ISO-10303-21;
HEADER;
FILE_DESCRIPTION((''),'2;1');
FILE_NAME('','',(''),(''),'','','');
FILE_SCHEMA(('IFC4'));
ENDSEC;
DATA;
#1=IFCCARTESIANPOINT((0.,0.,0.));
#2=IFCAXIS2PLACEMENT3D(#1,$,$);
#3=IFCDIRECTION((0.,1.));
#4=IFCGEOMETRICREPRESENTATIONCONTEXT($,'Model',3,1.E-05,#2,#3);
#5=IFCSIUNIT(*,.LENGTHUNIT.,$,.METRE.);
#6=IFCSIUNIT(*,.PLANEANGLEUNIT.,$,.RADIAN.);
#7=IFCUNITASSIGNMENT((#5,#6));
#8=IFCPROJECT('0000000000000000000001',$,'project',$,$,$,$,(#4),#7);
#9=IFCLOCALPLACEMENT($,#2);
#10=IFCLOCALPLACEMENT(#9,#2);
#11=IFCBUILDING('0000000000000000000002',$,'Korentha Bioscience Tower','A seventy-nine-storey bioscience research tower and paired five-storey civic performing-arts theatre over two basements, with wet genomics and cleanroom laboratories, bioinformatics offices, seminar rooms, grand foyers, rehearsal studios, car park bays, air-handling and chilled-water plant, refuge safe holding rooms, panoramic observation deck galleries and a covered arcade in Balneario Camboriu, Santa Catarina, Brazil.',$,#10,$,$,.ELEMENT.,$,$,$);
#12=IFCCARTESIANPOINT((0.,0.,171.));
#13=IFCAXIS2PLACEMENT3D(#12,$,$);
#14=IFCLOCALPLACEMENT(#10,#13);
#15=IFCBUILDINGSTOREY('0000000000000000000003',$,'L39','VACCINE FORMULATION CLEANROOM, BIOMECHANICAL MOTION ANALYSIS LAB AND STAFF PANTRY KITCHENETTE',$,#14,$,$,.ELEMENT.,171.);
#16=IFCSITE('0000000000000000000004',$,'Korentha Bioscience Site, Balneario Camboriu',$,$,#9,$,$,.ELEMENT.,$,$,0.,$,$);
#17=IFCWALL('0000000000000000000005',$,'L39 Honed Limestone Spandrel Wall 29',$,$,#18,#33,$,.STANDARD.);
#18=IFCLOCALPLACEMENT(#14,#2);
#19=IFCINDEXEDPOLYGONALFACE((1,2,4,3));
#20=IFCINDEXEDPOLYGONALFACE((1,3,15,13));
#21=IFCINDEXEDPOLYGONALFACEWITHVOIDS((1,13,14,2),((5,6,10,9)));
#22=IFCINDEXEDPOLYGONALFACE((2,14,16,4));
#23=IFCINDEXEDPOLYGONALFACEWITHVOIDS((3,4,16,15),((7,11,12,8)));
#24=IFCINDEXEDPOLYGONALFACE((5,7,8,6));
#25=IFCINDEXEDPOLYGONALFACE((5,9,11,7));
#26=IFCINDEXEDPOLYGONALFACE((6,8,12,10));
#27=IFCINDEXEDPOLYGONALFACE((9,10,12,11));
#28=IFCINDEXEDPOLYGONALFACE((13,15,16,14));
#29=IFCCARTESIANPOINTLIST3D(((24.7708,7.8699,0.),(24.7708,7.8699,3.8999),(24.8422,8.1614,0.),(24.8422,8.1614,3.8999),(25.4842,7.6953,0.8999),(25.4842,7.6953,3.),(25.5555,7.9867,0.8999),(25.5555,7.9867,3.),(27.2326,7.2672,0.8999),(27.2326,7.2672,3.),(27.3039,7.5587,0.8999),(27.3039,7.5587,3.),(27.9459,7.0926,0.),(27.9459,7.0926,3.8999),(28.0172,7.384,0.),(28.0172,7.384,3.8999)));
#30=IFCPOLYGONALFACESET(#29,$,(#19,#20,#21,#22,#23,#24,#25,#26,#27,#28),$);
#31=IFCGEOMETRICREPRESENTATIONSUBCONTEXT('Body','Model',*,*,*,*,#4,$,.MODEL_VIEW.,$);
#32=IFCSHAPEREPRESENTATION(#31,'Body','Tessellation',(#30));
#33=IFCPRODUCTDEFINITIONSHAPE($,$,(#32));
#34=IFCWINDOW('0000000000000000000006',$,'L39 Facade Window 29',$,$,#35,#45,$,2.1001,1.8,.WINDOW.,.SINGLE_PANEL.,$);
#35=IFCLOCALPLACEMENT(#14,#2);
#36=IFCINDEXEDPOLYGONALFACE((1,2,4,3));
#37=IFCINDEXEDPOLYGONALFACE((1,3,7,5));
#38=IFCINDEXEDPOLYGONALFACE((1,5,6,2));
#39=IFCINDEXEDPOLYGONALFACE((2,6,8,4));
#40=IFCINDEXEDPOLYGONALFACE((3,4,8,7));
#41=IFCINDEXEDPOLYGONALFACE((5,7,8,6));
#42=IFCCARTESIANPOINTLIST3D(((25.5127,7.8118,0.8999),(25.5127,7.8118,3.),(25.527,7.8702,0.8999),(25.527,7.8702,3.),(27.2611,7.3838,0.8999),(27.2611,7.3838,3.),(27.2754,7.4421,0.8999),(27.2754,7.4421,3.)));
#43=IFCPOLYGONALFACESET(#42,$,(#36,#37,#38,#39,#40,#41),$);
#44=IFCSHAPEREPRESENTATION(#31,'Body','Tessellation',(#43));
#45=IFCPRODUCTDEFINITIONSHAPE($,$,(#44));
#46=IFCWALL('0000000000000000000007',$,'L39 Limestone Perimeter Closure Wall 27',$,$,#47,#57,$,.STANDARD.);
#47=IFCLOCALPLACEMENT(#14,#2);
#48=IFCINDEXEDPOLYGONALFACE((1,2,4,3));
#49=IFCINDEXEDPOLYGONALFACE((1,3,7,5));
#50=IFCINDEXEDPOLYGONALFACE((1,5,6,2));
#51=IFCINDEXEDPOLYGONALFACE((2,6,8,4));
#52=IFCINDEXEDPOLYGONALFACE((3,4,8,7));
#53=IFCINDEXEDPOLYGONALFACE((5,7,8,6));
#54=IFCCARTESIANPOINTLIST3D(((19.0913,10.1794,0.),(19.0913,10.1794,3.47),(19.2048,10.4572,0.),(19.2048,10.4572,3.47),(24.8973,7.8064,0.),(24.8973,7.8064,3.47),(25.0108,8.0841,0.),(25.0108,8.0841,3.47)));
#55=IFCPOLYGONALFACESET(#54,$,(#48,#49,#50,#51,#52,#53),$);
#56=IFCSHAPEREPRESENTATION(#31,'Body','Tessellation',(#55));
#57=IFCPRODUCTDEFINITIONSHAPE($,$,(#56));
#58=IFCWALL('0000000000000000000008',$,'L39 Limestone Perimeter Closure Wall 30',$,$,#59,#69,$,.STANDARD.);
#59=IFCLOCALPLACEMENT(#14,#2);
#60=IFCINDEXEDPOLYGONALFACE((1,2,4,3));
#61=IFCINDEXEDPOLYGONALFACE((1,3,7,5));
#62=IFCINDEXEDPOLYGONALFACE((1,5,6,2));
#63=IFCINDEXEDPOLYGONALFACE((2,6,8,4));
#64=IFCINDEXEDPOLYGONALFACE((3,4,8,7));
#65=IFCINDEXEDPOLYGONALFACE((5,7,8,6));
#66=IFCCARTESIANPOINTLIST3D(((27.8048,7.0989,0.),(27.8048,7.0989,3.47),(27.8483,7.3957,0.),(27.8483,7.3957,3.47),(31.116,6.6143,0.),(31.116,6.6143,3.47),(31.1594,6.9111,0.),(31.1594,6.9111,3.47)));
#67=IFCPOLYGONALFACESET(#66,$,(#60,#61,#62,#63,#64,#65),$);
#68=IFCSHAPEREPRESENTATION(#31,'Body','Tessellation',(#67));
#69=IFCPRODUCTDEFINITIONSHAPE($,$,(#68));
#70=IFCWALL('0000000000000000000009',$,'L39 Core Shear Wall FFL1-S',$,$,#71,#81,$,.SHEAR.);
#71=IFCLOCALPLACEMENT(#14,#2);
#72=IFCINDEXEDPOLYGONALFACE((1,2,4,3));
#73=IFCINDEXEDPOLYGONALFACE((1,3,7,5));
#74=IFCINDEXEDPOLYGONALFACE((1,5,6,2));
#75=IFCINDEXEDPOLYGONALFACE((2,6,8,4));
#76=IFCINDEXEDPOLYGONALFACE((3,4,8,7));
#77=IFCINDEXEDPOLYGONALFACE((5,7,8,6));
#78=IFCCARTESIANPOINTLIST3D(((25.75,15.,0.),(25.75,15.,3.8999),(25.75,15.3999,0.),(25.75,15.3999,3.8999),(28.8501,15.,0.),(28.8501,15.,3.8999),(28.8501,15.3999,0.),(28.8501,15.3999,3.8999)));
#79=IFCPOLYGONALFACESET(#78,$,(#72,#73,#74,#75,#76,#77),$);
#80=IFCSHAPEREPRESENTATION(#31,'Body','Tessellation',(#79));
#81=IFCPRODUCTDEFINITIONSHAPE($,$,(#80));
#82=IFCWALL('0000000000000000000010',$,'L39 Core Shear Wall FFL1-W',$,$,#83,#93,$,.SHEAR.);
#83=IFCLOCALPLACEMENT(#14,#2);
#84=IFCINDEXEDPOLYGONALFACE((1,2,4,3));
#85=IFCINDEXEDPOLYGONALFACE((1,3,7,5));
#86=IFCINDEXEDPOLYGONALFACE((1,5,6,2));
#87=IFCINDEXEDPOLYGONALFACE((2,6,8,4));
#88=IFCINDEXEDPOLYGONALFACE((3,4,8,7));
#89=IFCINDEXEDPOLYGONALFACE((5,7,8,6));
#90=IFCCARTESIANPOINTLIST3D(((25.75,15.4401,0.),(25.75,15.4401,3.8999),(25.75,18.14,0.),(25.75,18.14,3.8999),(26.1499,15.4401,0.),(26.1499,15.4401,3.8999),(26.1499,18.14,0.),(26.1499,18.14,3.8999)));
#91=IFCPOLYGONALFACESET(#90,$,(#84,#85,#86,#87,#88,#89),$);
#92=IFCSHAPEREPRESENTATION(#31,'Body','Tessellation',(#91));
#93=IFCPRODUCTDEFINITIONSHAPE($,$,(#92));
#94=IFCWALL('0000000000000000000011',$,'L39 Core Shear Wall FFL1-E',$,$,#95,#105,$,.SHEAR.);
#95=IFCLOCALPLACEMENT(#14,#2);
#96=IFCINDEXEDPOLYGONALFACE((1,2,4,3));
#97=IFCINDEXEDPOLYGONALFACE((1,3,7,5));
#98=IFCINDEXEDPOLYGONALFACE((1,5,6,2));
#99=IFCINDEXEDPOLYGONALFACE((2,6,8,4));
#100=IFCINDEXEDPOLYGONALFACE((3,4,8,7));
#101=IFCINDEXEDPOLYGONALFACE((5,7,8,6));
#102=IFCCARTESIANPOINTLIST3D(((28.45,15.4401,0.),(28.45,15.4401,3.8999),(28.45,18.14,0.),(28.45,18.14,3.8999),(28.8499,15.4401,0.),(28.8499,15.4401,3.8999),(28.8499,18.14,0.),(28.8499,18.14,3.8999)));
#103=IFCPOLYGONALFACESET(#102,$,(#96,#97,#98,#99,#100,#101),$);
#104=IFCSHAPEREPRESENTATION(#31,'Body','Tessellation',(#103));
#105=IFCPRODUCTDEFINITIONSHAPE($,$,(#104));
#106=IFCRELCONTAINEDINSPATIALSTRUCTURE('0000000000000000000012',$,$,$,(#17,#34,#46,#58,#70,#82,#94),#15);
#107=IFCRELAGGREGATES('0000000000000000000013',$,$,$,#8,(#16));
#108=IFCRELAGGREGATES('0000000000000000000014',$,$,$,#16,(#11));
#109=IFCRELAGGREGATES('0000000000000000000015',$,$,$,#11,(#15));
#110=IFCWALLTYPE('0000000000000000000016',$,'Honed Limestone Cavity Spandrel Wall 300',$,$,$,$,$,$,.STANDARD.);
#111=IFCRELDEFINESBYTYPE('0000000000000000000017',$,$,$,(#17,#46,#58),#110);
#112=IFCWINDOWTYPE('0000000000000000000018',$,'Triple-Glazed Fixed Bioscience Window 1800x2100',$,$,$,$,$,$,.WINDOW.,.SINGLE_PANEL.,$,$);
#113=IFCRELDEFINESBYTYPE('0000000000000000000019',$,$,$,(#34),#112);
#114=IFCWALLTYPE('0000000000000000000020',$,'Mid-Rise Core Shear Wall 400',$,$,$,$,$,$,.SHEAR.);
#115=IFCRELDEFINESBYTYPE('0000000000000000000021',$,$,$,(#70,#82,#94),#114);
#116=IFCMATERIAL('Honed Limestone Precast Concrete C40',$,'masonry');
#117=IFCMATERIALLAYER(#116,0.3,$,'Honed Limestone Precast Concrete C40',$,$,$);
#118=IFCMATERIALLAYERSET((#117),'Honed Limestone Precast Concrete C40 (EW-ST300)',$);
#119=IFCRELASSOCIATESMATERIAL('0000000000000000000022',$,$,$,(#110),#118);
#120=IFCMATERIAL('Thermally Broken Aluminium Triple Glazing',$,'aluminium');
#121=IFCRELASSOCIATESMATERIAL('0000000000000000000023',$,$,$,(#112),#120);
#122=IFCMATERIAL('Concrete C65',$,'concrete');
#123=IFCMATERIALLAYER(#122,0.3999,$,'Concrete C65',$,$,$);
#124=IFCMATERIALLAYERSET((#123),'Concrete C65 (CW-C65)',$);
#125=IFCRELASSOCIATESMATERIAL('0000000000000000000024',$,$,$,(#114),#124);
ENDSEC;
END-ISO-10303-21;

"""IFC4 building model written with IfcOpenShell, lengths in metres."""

from ifc_helpers import new_model, si_unit, direction, frame, frame_2d, origin, place, context, subcontext, project, spatial, rectangle, extrude, material, layer, layer_set, type_object, element, fill, save


model = new_model("IFC4")

# Units and contexts
model_context = context("Model", 3, precision=1e-05, world=origin(), true_north=direction((0.0, 1.0)))
body_context = subcontext(model_context, "Body", "Model", "MODEL_VIEW")
ifc_project = project(units=[si_unit("LENGTHUNIT", "METRE"), si_unit("PLANEANGLEUNIT", "RADIAN")], contexts=[model_context])

# Site, building, storey
site_placement = place(None, origin())
site = spatial("IfcSite", under=ifc_project, at=site_placement, Name="Korentha Bioscience Site, Balneario Camboriu", CompositionType="ELEMENT", RefElevation=0.0)
building_placement = place(site_placement, origin())
building = spatial("IfcBuilding", under=site, at=building_placement, Name="Korentha Bioscience Tower", Description="A seventy-nine-storey bioscience research tower and paired five-storey civic performing-arts theatre over two basements, with wet genomics and cleanroom laboratories, bioinformatics offices, seminar rooms, grand foyers, rehearsal studios, car park bays, air-handling and chilled-water plant, refuge safe holding rooms, panoramic observation deck galleries and a covered arcade in Balneario Camboriu, Santa Catarina, Brazil.", CompositionType="ELEMENT")
storey_placement = place(building_placement, frame((0.0, 0.0, 171.0)))
storey = spatial("IfcBuildingStorey", under=building, at=storey_placement, Name="L39", Description="VACCINE FORMULATION CLEANROOM, BIOMECHANICAL MOTION ANALYSIS LAB AND STAFF PANTRY KITCHENETTE", CompositionType="ELEMENT", Elevation=171.0)

# Shared definitions
ifc_material_1 = material(Name="Concrete C65", Category="concrete")

# Shared definitions
ifc_material_2 = material(Name="Honed Limestone Precast Concrete C40", Category="masonry")
ifc_layer_1 = layer(ifc_material_2, 0.3, Name="Honed Limestone Precast Concrete C40")
ifc_layer_set_1 = layer_set([ifc_layer_1], Name="Honed Limestone Precast Concrete C40 (EW-ST300)")
wall_type_1 = type_object("IfcWallType", Name="Honed Limestone Cavity Spandrel Wall 300", PredefinedType="STANDARD", material=ifc_layer_set_1)

# Wall, opening, window
wall_1_placement = place(storey_placement, frame((24.8066, 8.0156, 0.0), z_axis=(0.0, 0.0, 1.0), x_axis=(0.971313, -0.237805, 0.0)))
wall_1 = element("IfcWall", 1, at=wall_1_placement, inside=storey, type_object=wall_type_1, Name="L39 Honed Limestone Spandrel Wall 29", PredefinedType="STANDARD", context=body_context, shape_type="SweptSolid", body=[
    extrude(rectangle(XDim=3.2688, YDim=0.3, at=frame_2d((1.6343, 0.0))), origin(), (0.0, 0.0, 1.0), 3.8999),
])
opening_1_placement = place(wall_1_placement, frame((0.7344, 0.0, 0.8999)))
opening_1 = element("IfcOpeningElement", 2, at=opening_1_placement, cuts=wall_1, PredefinedType="OPENING", context=body_context, shape_type="SweptSolid", body=[
    extrude(rectangle(XDim=1.8, YDim=2.1001, at=frame_2d((0.8999, 1.05))), frame((0.0, 0.165, 0.0), z_axis=(0.0, -1.0, 0.0), x_axis=(1.0, 0.0, 0.0)), (0.0, 0.0, 1.0), 0.3298),
])
ifc_material_3 = material(Name="Thermally Broken Aluminium Triple Glazing", Category="aluminium")
window_type = type_object("IfcWindowType", Name="Triple-Glazed Fixed Bioscience Window 1800x2100", PartitioningType="SINGLE_PANEL", PredefinedType="WINDOW", material=ifc_material_3)
window_placement = place(opening_1_placement, origin())
window = element("IfcWindow", 3, at=window_placement, inside=storey, type_object=window_type, Name="L39 Facade Window 29", OverallHeight=2.1001, OverallWidth=1.8, PartitioningType="SINGLE_PANEL", PredefinedType="WINDOW", context=body_context, shape_type="SweptSolid", body=[
    extrude(rectangle(XDim=1.8, YDim=2.1001, at=frame_2d((0.8999, 1.05))), frame((0.0, 0.03, 0.0), z_axis=(0.0, -1.0, 0.0), x_axis=(1.0, 0.0, 0.0)), (0.0, 0.0, 1.0), 0.0601),
])
fill(opening_1, window)

# Walls
wall_2_placement = place(storey_placement, frame((19.1479, 10.3184, 0.0), z_axis=(0.0, 0.0, 1.0), x_axis=(0.925664, -0.378346, 0.0)))
element("IfcWall", 4, at=wall_2_placement, inside=storey, type_object=wall_type_1, Name="L39 Limestone Perimeter Closure Wall 27", PredefinedType="STANDARD", context=body_context, shape_type="SweptSolid", body=[
    extrude(rectangle(XDim=6.2722, YDim=0.3, at=frame_2d((3.1362, 0.0))), origin(), (0.0, 0.0, 1.0), 3.47),
])
wall_3_placement = place(storey_placement, frame((27.8264, 7.2473, 0.0), z_axis=(0.0, 0.0, 1.0), x_axis=(0.989459, -0.144811, 0.0)))
element("IfcWall", 5, at=wall_3_placement, inside=storey, type_object=wall_type_1, Name="L39 Limestone Perimeter Closure Wall 30", PredefinedType="STANDARD", context=body_context, shape_type="SweptSolid", body=[
    extrude(rectangle(XDim=3.3464, YDim=0.3, at=frame_2d((1.6733, 0.0))), origin(), (0.0, 0.0, 1.0), 3.47),
])
ifc_layer_2 = layer(ifc_material_1, 0.3999, Name="Concrete C65")
ifc_layer_set_2 = layer_set([ifc_layer_2], Name="Concrete C65 (CW-C65)")
wall_type_2 = type_object("IfcWallType", Name="Mid-Rise Core Shear Wall 400", PredefinedType="SHEAR", material=ifc_layer_set_2)
wall_4_placement = place(storey_placement, frame((25.75, 15.2, 0.0), z_axis=(0.0, 0.0, 1.0), x_axis=(1.0, 0.0, 0.0)))
element("IfcWall", 6, at=wall_4_placement, inside=storey, type_object=wall_type_2, Name="L39 Core Shear Wall FFL1-S", PredefinedType="SHEAR", context=body_context, shape_type="SweptSolid", body=[
    extrude(rectangle(XDim=3.1001, YDim=0.3999, at=frame_2d((1.55, 0.0))), origin(), (0.0, 0.0, 1.0), 3.8999),
])
for number, where, z_axis, x_axis, name in (
    (7, (25.95, 15.4399, 0.0), (0.0, 0.0, 1.0), (0.0, 1.0, 0.0), "L39 Core Shear Wall FFL1-W"),
    (8, (28.6499, 15.4399, 0.0), (0.0, 0.0, 1.0), (0.0, 1.0, 0.0), "L39 Core Shear Wall FFL1-E"),
):
    element("IfcWall", number, at=place(storey_placement, frame(where, z_axis=z_axis, x_axis=x_axis)), inside=storey, type_object=wall_type_2, Name=name, PredefinedType="SHEAR", context=body_context, shape_type="SweptSolid", body=[
        extrude(rectangle(XDim=2.7, YDim=0.3999, at=frame_2d((1.3501, 0.0))), origin(), (0.0, 0.0, 1.0), 3.8999),
    ])

save(model, "model.ifc")
